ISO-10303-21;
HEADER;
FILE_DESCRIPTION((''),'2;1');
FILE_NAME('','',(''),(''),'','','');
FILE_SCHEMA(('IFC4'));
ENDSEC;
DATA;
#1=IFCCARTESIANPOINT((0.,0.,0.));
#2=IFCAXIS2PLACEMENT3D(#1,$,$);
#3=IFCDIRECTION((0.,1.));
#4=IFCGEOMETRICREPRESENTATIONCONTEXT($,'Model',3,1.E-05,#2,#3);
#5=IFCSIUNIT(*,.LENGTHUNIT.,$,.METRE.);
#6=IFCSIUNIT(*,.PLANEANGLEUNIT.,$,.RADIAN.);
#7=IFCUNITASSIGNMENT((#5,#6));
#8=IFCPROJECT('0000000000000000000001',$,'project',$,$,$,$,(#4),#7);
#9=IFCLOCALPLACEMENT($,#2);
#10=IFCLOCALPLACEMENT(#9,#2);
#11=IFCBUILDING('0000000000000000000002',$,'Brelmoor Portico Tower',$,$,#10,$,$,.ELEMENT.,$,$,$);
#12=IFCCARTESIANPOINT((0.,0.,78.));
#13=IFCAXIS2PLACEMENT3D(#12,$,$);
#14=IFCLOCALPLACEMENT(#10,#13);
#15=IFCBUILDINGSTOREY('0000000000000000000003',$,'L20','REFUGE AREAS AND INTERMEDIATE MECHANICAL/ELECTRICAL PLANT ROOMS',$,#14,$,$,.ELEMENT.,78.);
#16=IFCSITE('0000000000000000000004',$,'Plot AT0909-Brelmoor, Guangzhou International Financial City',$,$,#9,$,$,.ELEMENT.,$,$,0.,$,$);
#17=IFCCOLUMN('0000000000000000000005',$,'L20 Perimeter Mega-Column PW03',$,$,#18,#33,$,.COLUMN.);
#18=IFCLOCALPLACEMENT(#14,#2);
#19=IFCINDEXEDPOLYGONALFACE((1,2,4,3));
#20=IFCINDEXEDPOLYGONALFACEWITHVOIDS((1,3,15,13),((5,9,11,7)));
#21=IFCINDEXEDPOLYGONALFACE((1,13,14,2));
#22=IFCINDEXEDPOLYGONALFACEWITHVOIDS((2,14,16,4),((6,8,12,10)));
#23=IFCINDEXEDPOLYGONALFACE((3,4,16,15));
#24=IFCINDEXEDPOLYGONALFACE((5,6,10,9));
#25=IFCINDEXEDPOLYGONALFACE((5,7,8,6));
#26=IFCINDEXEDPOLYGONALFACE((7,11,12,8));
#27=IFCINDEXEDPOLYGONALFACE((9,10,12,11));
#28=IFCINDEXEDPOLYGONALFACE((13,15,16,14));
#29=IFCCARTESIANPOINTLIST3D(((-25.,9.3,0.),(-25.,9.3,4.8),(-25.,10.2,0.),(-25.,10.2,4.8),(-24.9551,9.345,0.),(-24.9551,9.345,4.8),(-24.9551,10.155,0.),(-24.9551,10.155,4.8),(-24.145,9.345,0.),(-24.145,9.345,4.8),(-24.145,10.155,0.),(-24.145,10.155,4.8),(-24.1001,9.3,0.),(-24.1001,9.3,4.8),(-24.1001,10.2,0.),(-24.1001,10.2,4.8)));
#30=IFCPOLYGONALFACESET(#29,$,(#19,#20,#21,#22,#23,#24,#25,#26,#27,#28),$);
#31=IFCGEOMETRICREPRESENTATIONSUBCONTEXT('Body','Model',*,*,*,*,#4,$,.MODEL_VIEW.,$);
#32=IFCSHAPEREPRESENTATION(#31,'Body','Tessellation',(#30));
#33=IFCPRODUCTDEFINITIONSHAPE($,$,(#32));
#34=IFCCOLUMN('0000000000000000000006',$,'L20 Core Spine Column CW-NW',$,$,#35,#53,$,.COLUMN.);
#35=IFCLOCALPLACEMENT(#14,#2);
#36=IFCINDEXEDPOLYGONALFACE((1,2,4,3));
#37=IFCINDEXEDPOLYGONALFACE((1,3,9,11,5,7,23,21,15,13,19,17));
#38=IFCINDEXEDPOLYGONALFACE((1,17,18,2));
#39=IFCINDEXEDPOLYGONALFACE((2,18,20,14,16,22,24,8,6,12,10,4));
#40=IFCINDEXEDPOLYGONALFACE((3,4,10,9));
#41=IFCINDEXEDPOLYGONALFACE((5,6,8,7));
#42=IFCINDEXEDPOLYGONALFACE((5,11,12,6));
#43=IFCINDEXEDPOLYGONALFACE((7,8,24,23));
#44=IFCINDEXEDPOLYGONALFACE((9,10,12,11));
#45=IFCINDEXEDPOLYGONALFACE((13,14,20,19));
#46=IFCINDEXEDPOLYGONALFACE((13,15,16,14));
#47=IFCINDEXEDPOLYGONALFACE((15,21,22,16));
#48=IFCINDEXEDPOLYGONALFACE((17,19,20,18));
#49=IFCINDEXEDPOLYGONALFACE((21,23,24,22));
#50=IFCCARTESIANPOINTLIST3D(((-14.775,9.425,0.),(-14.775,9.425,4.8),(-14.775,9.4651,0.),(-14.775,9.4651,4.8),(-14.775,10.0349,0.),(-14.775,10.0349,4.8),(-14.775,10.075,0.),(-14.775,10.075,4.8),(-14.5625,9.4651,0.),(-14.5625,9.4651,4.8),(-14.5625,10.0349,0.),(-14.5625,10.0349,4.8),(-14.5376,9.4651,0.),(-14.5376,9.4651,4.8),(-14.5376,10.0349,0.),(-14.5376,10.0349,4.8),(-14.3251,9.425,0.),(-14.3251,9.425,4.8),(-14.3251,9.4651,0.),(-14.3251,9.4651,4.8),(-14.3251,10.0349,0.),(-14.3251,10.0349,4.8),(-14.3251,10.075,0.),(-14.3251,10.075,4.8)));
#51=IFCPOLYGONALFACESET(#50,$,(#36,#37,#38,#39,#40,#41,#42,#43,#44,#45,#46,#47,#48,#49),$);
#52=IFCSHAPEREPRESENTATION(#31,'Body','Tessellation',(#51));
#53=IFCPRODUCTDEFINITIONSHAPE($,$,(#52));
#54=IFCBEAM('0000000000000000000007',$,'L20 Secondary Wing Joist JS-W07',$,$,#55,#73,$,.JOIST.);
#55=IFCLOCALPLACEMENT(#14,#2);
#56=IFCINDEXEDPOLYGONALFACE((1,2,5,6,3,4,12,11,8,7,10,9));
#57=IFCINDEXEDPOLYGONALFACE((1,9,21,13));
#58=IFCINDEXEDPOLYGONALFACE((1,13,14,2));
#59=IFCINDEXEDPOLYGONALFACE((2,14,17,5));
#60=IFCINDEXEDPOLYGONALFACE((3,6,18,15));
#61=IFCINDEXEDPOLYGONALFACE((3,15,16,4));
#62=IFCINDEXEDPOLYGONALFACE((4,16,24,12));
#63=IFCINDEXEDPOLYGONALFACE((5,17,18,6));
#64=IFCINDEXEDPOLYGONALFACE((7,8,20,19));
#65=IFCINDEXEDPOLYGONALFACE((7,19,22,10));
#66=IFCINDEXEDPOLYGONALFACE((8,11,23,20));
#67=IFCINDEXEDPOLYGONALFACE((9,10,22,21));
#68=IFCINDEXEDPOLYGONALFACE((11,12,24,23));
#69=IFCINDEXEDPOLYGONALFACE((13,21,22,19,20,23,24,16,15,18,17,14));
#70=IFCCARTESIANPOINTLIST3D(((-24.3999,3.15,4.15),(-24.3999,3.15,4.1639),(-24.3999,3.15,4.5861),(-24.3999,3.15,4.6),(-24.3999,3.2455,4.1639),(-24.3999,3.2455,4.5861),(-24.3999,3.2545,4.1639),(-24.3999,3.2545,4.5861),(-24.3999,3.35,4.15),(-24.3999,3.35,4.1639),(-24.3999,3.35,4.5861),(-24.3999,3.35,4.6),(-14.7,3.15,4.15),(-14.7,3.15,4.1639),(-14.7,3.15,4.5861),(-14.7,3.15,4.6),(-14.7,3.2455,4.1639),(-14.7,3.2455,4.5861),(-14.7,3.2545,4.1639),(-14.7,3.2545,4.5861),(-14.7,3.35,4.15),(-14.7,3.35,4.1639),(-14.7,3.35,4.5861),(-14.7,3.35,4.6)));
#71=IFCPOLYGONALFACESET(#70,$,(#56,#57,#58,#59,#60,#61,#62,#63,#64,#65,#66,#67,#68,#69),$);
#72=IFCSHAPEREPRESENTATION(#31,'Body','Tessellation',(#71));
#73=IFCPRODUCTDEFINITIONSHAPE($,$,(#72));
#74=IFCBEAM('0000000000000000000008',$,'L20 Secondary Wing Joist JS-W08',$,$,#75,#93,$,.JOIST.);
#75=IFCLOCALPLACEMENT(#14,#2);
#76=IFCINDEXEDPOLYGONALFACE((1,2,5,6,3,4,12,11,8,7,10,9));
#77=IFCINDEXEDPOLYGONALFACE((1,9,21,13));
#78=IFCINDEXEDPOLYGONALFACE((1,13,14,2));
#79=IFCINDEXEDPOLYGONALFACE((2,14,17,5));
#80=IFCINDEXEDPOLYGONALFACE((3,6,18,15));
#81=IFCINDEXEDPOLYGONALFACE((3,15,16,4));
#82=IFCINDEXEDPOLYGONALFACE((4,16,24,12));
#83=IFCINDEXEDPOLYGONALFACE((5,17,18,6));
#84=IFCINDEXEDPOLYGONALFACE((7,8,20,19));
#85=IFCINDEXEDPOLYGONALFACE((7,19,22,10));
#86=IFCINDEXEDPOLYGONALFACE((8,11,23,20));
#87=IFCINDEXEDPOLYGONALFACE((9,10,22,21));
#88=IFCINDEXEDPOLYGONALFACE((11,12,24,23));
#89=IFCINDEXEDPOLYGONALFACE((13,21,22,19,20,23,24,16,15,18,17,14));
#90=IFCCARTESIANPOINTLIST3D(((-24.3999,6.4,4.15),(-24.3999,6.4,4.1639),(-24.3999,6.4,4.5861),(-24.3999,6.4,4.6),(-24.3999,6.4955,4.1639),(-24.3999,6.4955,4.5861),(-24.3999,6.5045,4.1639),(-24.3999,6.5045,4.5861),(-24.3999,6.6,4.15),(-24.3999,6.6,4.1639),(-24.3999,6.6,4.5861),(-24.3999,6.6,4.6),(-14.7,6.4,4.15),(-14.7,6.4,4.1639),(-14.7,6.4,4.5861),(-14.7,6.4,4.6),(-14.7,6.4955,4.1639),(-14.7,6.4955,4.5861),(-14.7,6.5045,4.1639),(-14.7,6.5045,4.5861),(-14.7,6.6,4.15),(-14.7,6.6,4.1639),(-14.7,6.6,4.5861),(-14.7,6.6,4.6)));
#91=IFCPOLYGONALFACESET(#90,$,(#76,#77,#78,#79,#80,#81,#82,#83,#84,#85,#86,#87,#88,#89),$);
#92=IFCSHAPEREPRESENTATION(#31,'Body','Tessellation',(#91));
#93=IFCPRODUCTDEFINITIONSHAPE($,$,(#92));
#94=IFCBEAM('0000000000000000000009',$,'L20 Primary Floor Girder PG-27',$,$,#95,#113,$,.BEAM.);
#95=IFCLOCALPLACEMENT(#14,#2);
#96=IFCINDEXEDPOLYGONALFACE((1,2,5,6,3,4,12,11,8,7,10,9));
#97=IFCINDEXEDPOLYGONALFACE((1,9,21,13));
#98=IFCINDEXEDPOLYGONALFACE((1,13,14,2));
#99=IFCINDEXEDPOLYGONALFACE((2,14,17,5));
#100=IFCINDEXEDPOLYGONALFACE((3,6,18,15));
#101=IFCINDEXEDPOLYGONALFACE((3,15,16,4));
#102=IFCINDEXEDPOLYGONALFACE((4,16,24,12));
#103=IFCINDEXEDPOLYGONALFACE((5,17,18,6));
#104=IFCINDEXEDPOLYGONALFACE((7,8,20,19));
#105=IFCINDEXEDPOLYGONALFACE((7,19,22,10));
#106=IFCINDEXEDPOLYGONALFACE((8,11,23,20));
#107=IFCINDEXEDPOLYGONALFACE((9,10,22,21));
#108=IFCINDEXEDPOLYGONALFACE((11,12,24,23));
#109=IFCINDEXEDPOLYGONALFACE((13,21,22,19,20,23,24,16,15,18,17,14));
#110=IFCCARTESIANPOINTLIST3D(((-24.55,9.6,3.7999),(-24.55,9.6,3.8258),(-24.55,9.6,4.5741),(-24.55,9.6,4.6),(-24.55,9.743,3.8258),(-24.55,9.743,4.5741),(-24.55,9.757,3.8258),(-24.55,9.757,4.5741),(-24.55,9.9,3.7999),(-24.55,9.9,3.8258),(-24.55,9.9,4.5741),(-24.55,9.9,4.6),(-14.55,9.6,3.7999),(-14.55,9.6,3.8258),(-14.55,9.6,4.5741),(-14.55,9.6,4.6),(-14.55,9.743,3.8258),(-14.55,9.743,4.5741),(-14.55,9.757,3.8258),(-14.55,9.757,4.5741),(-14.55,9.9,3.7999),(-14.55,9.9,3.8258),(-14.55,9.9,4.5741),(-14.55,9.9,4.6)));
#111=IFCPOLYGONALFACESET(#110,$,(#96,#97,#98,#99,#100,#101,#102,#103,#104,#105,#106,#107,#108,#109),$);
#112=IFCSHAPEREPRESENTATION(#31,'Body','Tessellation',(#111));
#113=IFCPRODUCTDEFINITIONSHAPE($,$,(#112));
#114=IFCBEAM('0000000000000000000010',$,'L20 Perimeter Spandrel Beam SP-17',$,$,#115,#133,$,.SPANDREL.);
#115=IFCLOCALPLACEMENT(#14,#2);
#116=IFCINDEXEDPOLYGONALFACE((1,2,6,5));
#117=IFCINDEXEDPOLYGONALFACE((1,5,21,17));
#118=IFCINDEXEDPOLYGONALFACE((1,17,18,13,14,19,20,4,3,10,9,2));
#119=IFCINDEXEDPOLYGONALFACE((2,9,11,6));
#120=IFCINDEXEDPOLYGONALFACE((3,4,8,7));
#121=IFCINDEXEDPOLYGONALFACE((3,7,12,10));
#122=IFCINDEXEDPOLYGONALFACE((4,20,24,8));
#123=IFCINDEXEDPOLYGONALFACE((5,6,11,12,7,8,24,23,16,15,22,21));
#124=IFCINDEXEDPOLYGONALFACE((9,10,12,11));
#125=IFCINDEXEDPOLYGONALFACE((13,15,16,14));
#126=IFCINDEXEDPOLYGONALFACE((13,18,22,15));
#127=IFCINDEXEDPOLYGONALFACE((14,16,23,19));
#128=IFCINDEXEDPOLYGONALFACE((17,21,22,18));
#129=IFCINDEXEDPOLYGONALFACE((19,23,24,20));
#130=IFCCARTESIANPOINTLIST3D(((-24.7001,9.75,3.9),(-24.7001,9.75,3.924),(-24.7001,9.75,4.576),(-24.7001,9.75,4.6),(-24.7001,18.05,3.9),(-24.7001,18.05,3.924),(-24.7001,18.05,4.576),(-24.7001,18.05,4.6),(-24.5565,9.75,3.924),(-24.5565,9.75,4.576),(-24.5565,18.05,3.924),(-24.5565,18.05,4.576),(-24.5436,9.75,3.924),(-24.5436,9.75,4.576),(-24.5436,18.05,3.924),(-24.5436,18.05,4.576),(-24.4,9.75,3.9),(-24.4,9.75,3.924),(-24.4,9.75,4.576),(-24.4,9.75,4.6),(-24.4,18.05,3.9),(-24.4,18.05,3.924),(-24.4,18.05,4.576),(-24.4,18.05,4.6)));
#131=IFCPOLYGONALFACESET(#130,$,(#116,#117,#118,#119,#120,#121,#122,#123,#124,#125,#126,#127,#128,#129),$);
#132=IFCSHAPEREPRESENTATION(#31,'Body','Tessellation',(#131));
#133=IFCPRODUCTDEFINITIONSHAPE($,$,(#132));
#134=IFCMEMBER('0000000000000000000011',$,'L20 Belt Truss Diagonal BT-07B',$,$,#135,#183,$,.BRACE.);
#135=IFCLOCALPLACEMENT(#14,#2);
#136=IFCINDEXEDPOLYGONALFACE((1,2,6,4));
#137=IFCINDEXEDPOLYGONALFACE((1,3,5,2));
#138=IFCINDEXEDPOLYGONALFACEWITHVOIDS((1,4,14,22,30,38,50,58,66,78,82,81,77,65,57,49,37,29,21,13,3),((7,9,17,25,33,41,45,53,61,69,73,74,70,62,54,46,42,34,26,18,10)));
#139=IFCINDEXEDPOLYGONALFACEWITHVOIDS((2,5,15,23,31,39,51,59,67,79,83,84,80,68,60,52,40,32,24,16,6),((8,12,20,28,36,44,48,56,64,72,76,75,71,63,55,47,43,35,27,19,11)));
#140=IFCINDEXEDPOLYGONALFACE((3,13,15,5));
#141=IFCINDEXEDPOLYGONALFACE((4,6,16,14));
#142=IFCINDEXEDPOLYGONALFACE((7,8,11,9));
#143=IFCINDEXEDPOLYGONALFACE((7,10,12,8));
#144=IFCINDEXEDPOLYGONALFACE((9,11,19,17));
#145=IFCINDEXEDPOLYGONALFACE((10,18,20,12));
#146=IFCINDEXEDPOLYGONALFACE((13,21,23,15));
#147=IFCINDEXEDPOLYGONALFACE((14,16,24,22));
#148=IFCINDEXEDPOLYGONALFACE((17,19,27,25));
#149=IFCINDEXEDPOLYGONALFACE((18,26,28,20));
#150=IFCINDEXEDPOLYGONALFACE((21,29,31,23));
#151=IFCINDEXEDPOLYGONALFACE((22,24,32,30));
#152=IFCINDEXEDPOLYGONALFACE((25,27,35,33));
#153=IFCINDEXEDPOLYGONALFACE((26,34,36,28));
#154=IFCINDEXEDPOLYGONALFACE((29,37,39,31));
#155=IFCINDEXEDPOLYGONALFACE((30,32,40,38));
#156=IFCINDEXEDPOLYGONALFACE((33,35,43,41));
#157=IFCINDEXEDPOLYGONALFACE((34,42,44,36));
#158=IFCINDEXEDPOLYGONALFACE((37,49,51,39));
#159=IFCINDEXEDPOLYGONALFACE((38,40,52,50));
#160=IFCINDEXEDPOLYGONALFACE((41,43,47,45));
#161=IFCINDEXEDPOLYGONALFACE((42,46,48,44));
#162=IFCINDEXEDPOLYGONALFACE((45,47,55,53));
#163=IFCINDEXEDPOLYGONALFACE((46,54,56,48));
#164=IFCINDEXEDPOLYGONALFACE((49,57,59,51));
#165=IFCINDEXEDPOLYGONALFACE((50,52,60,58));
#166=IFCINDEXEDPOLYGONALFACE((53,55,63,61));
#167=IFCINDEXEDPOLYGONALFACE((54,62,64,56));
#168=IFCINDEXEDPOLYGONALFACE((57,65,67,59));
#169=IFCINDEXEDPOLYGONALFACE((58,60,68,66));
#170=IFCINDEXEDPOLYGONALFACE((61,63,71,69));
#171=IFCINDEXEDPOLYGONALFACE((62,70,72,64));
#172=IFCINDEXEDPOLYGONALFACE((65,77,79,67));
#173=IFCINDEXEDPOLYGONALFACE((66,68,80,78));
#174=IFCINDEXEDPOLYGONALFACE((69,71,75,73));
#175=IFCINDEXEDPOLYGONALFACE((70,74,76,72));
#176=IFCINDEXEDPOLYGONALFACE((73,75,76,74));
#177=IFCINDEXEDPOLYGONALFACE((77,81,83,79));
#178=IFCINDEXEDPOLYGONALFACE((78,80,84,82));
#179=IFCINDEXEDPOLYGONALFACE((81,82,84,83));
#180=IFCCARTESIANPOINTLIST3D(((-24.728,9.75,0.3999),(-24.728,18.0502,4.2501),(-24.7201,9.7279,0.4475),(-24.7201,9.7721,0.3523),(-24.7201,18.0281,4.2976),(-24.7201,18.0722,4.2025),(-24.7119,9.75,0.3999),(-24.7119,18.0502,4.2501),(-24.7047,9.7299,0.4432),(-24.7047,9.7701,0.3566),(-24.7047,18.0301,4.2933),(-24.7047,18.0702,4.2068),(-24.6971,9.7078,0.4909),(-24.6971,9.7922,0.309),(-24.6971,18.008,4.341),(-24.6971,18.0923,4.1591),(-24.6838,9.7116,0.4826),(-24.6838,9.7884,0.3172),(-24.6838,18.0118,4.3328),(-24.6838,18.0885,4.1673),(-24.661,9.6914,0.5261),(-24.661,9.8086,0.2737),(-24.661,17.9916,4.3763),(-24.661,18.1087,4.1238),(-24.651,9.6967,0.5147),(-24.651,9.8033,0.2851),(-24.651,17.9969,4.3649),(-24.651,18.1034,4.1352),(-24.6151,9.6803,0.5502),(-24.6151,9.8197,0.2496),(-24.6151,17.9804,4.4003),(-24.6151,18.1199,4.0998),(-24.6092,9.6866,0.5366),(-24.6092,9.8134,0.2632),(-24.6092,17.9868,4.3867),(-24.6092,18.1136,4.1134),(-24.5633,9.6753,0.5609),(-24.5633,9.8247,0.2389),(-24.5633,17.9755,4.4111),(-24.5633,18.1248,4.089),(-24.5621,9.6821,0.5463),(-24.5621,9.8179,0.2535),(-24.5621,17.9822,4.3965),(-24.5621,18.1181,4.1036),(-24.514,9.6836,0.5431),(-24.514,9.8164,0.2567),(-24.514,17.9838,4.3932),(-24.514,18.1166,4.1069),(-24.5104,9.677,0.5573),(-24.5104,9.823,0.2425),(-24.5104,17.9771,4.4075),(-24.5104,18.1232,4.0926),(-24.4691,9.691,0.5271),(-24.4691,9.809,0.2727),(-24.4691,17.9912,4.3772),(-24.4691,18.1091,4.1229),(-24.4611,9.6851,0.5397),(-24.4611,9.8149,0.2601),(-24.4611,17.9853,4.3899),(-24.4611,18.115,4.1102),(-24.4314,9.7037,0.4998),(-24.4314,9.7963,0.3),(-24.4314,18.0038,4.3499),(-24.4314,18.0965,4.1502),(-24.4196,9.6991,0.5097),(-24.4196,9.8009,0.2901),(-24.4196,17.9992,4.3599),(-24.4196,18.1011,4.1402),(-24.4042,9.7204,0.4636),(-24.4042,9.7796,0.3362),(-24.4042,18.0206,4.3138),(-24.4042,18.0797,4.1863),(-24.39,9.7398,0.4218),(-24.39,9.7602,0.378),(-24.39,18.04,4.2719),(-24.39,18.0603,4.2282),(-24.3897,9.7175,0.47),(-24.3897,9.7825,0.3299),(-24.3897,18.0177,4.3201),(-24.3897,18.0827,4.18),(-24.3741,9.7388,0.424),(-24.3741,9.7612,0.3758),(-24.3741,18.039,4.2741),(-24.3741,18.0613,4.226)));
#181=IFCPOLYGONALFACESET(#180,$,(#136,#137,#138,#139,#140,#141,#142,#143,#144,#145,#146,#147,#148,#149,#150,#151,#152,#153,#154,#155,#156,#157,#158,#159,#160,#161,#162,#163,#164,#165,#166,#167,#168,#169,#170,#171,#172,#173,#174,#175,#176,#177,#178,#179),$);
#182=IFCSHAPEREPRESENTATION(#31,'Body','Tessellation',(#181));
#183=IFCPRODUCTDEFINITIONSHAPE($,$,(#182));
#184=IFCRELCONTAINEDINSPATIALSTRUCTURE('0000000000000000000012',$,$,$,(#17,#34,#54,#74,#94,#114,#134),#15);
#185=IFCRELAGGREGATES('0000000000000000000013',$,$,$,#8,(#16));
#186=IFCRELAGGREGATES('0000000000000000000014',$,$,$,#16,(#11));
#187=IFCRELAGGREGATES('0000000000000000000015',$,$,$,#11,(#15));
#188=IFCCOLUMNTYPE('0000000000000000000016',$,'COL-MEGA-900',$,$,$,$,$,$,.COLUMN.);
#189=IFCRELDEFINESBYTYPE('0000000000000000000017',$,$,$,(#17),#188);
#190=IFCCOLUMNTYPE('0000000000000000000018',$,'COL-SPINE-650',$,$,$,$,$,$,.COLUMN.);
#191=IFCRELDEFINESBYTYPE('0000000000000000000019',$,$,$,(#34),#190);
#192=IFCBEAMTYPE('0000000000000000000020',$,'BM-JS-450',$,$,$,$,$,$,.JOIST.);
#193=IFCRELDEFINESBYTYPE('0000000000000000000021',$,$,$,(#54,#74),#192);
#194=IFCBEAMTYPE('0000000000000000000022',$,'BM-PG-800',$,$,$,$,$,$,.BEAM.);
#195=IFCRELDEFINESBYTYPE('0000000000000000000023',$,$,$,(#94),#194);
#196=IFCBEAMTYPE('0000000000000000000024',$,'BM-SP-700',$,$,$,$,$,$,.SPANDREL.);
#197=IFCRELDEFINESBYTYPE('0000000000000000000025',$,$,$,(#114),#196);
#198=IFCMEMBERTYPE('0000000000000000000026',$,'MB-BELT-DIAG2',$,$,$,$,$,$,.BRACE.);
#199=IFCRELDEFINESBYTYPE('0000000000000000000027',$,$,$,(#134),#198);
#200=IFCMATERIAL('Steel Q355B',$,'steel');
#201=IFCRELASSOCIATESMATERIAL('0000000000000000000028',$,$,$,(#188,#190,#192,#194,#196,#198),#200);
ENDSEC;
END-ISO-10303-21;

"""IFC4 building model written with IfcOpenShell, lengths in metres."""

from ifc_helpers import new_model, si_unit, direction, frame, origin, origin_2d, place, context, subcontext, project, spatial, hollow_rectangle, hollow_circle, i_section, extrude, material, material_profile, profile_set, type_object, element, save


model = new_model("IFC4")

# Units and contexts
model_context = context("Model", 3, precision=1e-05, world=origin(), true_north=direction((0.0, 1.0)))
body_context = subcontext(model_context, "Body", "Model", "MODEL_VIEW")
ifc_project = project(units=[si_unit("LENGTHUNIT", "METRE"), si_unit("PLANEANGLEUNIT", "RADIAN")], contexts=[model_context])

# Site, building, storey
site_placement = place(None, origin())
site = spatial("IfcSite", under=ifc_project, at=site_placement, Name="Plot AT0909-Brelmoor, Guangzhou International Financial City", CompositionType="ELEMENT", RefElevation=0.0)
building_placement = place(site_placement, origin())
building = spatial("IfcBuilding", under=site, at=building_placement, Name="Brelmoor Portico Tower", CompositionType="ELEMENT")
storey_placement = place(building_placement, frame((0.0, 0.0, 78.0)))
storey = spatial("IfcBuildingStorey", under=building, at=storey_placement, Name="L20", Description="REFUGE AREAS AND INTERMEDIATE MECHANICAL/ELECTRICAL PLANT ROOMS", CompositionType="ELEMENT", Elevation=78.0)

# Columns
ifc_material_1 = material(Name="Steel Q355B", Category="steel")
ifc_material_profile_1 = material_profile(ifc_material_1, hollow_rectangle(XDim=0.8999, YDim=0.8999, WallThickness=0.0449, at=origin_2d()), Name="BOX 900x900x45")
ifc_profile_set_1 = profile_set([ifc_material_profile_1], Name="Steel Q355B")
column_type_1 = type_object("IfcColumnType", Name="COL-MEGA-900", PredefinedType="COLUMN", material=ifc_profile_set_1)
column_1_placement = place(storey_placement, frame((-24.55, 9.75, 0.0), z_axis=(0.0, 0.0, 1.0), x_axis=(0.0, 1.0, 0.0)))
element("IfcColumn", 1, at=column_1_placement, inside=storey, type_object=column_type_1, Name="L20 Perimeter Mega-Column PW03", PredefinedType="COLUMN", context=body_context, shape_type="SweptSolid", body=[
    extrude(hollow_rectangle(XDim=0.8999, YDim=0.8999, WallThickness=0.0449, at=origin_2d()), origin(), (0.0, 0.0, 1.0), 4.8),
])
ifc_material_profile_2 = material_profile(ifc_material_1, i_section(OverallWidth=0.45, OverallDepth=0.6499, WebThickness=0.0249, FlangeThickness=0.04, at=origin_2d()), Name="HW 650x450x25x40")
ifc_profile_set_2 = profile_set([ifc_material_profile_2], Name="Steel Q355B")
column_type_2 = type_object("IfcColumnType", Name="COL-SPINE-650", PredefinedType="COLUMN", material=ifc_profile_set_2)
column_2_placement = place(storey_placement, frame((-14.55, 9.75, 0.0), z_axis=(0.0, 0.0, 1.0), x_axis=(1.0, 0.0, 0.0)))
element("IfcColumn", 2, at=column_2_placement, inside=storey, type_object=column_type_2, Name="L20 Core Spine Column CW-NW", PredefinedType="COLUMN", context=body_context, shape_type="SweptSolid", body=[
    extrude(i_section(OverallWidth=0.45, OverallDepth=0.6499, WebThickness=0.0249, FlangeThickness=0.04, at=origin_2d()), origin(), (0.0, 0.0, 1.0), 4.8),
])

# Beams
ifc_material_profile_3 = material_profile(ifc_material_1, i_section(OverallWidth=0.2, OverallDepth=0.45, WebThickness=0.009, FlangeThickness=0.0139, at=origin_2d()), Name="HN 450x200x9x14")
ifc_profile_set_3 = profile_set([ifc_material_profile_3], Name="Steel Q355B")
beam_type_1 = type_object("IfcBeamType", Name="BM-JS-450", PredefinedType="JOIST", material=ifc_profile_set_3)
for number, where, z_axis, x_axis, name in (
    (3, (-24.3999, 3.25, 4.375), (1.0, 0.0, 0.0), (0.0, 1.0, 0.0), "L20 Secondary Wing Joist JS-W07"),
    (4, (-24.3999, 6.5, 4.375), (1.0, 0.0, 0.0), (0.0, 1.0, 0.0), "L20 Secondary Wing Joist JS-W08"),
):
    element("IfcBeam", number, at=place(storey_placement, frame(where, z_axis=z_axis, x_axis=x_axis)), inside=storey, type_object=beam_type_1, Name=name, PredefinedType="JOIST", context=body_context, shape_type="SweptSolid", body=[
        extrude(i_section(OverallWidth=0.2, OverallDepth=0.45, WebThickness=0.009, FlangeThickness=0.0139, at=origin_2d()), origin(), (0.0, 0.0, 1.0), 9.7),
    ])
ifc_material_profile_4 = material_profile(ifc_material_1, i_section(OverallWidth=0.3, OverallDepth=0.8, WebThickness=0.0139, FlangeThickness=0.0259, at=origin_2d()), Name="HN 800x300x14x26")
ifc_profile_set_4 = profile_set([ifc_material_profile_4], Name="Steel Q355B")
beam_type_2 = type_object("IfcBeamType", Name="BM-PG-800", PredefinedType="BEAM", material=ifc_profile_set_4)
beam_1_placement = place(storey_placement, frame((-24.55, 9.75, 4.2), z_axis=(1.0, 0.0, 0.0), x_axis=(0.0, 1.0, 0.0)))
element("IfcBeam", 5, at=beam_1_placement, inside=storey, type_object=beam_type_2, Name="L20 Primary Floor Girder PG-27", PredefinedType="BEAM", context=body_context, shape_type="SweptSolid", body=[
    extrude(i_section(OverallWidth=0.3, OverallDepth=0.8, WebThickness=0.0139, FlangeThickness=0.0259, at=origin_2d()), origin(), (0.0, 0.0, 1.0), 10.0),
])
ifc_material_profile_5 = material_profile(ifc_material_1, i_section(OverallWidth=0.3, OverallDepth=0.7, WebThickness=0.0129, FlangeThickness=0.0239, at=origin_2d()), Name="HN 700x300x13x24")
ifc_profile_set_5 = profile_set([ifc_material_profile_5], Name="Steel Q355B")
beam_type_3 = type_object("IfcBeamType", Name="BM-SP-700", PredefinedType="SPANDREL", material=ifc_profile_set_5)
beam_2_placement = place(storey_placement, frame((-24.55, 9.75, 4.25), z_axis=(0.0, 1.0, 0.0), x_axis=(-1.0, 0.0, 0.0)))
element("IfcBeam", 6, at=beam_2_placement, inside=storey, type_object=beam_type_3, Name="L20 Perimeter Spandrel Beam SP-17", PredefinedType="SPANDREL", context=body_context, shape_type="SweptSolid", body=[
    extrude(i_section(OverallWidth=0.3, OverallDepth=0.7, WebThickness=0.0129, FlangeThickness=0.0239, at=origin_2d()), origin(), (0.0, 0.0, 1.0), 8.3),
])

# Member
ifc_material_profile_6 = material_profile(ifc_material_1, hollow_circle(Radius=0.178, WallThickness=0.0161, at=origin_2d()), Name="CHS 356x16")
ifc_profile_set_6 = profile_set([ifc_material_profile_6], Name="Steel Q355B")
member_type = type_object("IfcMemberType", Name="MB-BELT-DIAG2", PredefinedType="BRACE", material=ifc_profile_set_6)
member_placement = place(storey_placement, frame((-24.55, 9.75, 0.3999), z_axis=(0.0, 0.907155, 0.420797), x_axis=(-1.0, 0.0, 0.0)))
element("IfcMember", 7, at=member_placement, inside=storey, type_object=member_type, Name="L20 Belt Truss Diagonal BT-07B", PredefinedType="BRACE", context=body_context, shape_type="SweptSolid", body=[
    extrude(hollow_circle(Radius=0.178, WallThickness=0.0161, at=origin_2d()), origin(), (0.0, 0.0, 1.0), 9.1497),
])

save(model, "model.ifc")
